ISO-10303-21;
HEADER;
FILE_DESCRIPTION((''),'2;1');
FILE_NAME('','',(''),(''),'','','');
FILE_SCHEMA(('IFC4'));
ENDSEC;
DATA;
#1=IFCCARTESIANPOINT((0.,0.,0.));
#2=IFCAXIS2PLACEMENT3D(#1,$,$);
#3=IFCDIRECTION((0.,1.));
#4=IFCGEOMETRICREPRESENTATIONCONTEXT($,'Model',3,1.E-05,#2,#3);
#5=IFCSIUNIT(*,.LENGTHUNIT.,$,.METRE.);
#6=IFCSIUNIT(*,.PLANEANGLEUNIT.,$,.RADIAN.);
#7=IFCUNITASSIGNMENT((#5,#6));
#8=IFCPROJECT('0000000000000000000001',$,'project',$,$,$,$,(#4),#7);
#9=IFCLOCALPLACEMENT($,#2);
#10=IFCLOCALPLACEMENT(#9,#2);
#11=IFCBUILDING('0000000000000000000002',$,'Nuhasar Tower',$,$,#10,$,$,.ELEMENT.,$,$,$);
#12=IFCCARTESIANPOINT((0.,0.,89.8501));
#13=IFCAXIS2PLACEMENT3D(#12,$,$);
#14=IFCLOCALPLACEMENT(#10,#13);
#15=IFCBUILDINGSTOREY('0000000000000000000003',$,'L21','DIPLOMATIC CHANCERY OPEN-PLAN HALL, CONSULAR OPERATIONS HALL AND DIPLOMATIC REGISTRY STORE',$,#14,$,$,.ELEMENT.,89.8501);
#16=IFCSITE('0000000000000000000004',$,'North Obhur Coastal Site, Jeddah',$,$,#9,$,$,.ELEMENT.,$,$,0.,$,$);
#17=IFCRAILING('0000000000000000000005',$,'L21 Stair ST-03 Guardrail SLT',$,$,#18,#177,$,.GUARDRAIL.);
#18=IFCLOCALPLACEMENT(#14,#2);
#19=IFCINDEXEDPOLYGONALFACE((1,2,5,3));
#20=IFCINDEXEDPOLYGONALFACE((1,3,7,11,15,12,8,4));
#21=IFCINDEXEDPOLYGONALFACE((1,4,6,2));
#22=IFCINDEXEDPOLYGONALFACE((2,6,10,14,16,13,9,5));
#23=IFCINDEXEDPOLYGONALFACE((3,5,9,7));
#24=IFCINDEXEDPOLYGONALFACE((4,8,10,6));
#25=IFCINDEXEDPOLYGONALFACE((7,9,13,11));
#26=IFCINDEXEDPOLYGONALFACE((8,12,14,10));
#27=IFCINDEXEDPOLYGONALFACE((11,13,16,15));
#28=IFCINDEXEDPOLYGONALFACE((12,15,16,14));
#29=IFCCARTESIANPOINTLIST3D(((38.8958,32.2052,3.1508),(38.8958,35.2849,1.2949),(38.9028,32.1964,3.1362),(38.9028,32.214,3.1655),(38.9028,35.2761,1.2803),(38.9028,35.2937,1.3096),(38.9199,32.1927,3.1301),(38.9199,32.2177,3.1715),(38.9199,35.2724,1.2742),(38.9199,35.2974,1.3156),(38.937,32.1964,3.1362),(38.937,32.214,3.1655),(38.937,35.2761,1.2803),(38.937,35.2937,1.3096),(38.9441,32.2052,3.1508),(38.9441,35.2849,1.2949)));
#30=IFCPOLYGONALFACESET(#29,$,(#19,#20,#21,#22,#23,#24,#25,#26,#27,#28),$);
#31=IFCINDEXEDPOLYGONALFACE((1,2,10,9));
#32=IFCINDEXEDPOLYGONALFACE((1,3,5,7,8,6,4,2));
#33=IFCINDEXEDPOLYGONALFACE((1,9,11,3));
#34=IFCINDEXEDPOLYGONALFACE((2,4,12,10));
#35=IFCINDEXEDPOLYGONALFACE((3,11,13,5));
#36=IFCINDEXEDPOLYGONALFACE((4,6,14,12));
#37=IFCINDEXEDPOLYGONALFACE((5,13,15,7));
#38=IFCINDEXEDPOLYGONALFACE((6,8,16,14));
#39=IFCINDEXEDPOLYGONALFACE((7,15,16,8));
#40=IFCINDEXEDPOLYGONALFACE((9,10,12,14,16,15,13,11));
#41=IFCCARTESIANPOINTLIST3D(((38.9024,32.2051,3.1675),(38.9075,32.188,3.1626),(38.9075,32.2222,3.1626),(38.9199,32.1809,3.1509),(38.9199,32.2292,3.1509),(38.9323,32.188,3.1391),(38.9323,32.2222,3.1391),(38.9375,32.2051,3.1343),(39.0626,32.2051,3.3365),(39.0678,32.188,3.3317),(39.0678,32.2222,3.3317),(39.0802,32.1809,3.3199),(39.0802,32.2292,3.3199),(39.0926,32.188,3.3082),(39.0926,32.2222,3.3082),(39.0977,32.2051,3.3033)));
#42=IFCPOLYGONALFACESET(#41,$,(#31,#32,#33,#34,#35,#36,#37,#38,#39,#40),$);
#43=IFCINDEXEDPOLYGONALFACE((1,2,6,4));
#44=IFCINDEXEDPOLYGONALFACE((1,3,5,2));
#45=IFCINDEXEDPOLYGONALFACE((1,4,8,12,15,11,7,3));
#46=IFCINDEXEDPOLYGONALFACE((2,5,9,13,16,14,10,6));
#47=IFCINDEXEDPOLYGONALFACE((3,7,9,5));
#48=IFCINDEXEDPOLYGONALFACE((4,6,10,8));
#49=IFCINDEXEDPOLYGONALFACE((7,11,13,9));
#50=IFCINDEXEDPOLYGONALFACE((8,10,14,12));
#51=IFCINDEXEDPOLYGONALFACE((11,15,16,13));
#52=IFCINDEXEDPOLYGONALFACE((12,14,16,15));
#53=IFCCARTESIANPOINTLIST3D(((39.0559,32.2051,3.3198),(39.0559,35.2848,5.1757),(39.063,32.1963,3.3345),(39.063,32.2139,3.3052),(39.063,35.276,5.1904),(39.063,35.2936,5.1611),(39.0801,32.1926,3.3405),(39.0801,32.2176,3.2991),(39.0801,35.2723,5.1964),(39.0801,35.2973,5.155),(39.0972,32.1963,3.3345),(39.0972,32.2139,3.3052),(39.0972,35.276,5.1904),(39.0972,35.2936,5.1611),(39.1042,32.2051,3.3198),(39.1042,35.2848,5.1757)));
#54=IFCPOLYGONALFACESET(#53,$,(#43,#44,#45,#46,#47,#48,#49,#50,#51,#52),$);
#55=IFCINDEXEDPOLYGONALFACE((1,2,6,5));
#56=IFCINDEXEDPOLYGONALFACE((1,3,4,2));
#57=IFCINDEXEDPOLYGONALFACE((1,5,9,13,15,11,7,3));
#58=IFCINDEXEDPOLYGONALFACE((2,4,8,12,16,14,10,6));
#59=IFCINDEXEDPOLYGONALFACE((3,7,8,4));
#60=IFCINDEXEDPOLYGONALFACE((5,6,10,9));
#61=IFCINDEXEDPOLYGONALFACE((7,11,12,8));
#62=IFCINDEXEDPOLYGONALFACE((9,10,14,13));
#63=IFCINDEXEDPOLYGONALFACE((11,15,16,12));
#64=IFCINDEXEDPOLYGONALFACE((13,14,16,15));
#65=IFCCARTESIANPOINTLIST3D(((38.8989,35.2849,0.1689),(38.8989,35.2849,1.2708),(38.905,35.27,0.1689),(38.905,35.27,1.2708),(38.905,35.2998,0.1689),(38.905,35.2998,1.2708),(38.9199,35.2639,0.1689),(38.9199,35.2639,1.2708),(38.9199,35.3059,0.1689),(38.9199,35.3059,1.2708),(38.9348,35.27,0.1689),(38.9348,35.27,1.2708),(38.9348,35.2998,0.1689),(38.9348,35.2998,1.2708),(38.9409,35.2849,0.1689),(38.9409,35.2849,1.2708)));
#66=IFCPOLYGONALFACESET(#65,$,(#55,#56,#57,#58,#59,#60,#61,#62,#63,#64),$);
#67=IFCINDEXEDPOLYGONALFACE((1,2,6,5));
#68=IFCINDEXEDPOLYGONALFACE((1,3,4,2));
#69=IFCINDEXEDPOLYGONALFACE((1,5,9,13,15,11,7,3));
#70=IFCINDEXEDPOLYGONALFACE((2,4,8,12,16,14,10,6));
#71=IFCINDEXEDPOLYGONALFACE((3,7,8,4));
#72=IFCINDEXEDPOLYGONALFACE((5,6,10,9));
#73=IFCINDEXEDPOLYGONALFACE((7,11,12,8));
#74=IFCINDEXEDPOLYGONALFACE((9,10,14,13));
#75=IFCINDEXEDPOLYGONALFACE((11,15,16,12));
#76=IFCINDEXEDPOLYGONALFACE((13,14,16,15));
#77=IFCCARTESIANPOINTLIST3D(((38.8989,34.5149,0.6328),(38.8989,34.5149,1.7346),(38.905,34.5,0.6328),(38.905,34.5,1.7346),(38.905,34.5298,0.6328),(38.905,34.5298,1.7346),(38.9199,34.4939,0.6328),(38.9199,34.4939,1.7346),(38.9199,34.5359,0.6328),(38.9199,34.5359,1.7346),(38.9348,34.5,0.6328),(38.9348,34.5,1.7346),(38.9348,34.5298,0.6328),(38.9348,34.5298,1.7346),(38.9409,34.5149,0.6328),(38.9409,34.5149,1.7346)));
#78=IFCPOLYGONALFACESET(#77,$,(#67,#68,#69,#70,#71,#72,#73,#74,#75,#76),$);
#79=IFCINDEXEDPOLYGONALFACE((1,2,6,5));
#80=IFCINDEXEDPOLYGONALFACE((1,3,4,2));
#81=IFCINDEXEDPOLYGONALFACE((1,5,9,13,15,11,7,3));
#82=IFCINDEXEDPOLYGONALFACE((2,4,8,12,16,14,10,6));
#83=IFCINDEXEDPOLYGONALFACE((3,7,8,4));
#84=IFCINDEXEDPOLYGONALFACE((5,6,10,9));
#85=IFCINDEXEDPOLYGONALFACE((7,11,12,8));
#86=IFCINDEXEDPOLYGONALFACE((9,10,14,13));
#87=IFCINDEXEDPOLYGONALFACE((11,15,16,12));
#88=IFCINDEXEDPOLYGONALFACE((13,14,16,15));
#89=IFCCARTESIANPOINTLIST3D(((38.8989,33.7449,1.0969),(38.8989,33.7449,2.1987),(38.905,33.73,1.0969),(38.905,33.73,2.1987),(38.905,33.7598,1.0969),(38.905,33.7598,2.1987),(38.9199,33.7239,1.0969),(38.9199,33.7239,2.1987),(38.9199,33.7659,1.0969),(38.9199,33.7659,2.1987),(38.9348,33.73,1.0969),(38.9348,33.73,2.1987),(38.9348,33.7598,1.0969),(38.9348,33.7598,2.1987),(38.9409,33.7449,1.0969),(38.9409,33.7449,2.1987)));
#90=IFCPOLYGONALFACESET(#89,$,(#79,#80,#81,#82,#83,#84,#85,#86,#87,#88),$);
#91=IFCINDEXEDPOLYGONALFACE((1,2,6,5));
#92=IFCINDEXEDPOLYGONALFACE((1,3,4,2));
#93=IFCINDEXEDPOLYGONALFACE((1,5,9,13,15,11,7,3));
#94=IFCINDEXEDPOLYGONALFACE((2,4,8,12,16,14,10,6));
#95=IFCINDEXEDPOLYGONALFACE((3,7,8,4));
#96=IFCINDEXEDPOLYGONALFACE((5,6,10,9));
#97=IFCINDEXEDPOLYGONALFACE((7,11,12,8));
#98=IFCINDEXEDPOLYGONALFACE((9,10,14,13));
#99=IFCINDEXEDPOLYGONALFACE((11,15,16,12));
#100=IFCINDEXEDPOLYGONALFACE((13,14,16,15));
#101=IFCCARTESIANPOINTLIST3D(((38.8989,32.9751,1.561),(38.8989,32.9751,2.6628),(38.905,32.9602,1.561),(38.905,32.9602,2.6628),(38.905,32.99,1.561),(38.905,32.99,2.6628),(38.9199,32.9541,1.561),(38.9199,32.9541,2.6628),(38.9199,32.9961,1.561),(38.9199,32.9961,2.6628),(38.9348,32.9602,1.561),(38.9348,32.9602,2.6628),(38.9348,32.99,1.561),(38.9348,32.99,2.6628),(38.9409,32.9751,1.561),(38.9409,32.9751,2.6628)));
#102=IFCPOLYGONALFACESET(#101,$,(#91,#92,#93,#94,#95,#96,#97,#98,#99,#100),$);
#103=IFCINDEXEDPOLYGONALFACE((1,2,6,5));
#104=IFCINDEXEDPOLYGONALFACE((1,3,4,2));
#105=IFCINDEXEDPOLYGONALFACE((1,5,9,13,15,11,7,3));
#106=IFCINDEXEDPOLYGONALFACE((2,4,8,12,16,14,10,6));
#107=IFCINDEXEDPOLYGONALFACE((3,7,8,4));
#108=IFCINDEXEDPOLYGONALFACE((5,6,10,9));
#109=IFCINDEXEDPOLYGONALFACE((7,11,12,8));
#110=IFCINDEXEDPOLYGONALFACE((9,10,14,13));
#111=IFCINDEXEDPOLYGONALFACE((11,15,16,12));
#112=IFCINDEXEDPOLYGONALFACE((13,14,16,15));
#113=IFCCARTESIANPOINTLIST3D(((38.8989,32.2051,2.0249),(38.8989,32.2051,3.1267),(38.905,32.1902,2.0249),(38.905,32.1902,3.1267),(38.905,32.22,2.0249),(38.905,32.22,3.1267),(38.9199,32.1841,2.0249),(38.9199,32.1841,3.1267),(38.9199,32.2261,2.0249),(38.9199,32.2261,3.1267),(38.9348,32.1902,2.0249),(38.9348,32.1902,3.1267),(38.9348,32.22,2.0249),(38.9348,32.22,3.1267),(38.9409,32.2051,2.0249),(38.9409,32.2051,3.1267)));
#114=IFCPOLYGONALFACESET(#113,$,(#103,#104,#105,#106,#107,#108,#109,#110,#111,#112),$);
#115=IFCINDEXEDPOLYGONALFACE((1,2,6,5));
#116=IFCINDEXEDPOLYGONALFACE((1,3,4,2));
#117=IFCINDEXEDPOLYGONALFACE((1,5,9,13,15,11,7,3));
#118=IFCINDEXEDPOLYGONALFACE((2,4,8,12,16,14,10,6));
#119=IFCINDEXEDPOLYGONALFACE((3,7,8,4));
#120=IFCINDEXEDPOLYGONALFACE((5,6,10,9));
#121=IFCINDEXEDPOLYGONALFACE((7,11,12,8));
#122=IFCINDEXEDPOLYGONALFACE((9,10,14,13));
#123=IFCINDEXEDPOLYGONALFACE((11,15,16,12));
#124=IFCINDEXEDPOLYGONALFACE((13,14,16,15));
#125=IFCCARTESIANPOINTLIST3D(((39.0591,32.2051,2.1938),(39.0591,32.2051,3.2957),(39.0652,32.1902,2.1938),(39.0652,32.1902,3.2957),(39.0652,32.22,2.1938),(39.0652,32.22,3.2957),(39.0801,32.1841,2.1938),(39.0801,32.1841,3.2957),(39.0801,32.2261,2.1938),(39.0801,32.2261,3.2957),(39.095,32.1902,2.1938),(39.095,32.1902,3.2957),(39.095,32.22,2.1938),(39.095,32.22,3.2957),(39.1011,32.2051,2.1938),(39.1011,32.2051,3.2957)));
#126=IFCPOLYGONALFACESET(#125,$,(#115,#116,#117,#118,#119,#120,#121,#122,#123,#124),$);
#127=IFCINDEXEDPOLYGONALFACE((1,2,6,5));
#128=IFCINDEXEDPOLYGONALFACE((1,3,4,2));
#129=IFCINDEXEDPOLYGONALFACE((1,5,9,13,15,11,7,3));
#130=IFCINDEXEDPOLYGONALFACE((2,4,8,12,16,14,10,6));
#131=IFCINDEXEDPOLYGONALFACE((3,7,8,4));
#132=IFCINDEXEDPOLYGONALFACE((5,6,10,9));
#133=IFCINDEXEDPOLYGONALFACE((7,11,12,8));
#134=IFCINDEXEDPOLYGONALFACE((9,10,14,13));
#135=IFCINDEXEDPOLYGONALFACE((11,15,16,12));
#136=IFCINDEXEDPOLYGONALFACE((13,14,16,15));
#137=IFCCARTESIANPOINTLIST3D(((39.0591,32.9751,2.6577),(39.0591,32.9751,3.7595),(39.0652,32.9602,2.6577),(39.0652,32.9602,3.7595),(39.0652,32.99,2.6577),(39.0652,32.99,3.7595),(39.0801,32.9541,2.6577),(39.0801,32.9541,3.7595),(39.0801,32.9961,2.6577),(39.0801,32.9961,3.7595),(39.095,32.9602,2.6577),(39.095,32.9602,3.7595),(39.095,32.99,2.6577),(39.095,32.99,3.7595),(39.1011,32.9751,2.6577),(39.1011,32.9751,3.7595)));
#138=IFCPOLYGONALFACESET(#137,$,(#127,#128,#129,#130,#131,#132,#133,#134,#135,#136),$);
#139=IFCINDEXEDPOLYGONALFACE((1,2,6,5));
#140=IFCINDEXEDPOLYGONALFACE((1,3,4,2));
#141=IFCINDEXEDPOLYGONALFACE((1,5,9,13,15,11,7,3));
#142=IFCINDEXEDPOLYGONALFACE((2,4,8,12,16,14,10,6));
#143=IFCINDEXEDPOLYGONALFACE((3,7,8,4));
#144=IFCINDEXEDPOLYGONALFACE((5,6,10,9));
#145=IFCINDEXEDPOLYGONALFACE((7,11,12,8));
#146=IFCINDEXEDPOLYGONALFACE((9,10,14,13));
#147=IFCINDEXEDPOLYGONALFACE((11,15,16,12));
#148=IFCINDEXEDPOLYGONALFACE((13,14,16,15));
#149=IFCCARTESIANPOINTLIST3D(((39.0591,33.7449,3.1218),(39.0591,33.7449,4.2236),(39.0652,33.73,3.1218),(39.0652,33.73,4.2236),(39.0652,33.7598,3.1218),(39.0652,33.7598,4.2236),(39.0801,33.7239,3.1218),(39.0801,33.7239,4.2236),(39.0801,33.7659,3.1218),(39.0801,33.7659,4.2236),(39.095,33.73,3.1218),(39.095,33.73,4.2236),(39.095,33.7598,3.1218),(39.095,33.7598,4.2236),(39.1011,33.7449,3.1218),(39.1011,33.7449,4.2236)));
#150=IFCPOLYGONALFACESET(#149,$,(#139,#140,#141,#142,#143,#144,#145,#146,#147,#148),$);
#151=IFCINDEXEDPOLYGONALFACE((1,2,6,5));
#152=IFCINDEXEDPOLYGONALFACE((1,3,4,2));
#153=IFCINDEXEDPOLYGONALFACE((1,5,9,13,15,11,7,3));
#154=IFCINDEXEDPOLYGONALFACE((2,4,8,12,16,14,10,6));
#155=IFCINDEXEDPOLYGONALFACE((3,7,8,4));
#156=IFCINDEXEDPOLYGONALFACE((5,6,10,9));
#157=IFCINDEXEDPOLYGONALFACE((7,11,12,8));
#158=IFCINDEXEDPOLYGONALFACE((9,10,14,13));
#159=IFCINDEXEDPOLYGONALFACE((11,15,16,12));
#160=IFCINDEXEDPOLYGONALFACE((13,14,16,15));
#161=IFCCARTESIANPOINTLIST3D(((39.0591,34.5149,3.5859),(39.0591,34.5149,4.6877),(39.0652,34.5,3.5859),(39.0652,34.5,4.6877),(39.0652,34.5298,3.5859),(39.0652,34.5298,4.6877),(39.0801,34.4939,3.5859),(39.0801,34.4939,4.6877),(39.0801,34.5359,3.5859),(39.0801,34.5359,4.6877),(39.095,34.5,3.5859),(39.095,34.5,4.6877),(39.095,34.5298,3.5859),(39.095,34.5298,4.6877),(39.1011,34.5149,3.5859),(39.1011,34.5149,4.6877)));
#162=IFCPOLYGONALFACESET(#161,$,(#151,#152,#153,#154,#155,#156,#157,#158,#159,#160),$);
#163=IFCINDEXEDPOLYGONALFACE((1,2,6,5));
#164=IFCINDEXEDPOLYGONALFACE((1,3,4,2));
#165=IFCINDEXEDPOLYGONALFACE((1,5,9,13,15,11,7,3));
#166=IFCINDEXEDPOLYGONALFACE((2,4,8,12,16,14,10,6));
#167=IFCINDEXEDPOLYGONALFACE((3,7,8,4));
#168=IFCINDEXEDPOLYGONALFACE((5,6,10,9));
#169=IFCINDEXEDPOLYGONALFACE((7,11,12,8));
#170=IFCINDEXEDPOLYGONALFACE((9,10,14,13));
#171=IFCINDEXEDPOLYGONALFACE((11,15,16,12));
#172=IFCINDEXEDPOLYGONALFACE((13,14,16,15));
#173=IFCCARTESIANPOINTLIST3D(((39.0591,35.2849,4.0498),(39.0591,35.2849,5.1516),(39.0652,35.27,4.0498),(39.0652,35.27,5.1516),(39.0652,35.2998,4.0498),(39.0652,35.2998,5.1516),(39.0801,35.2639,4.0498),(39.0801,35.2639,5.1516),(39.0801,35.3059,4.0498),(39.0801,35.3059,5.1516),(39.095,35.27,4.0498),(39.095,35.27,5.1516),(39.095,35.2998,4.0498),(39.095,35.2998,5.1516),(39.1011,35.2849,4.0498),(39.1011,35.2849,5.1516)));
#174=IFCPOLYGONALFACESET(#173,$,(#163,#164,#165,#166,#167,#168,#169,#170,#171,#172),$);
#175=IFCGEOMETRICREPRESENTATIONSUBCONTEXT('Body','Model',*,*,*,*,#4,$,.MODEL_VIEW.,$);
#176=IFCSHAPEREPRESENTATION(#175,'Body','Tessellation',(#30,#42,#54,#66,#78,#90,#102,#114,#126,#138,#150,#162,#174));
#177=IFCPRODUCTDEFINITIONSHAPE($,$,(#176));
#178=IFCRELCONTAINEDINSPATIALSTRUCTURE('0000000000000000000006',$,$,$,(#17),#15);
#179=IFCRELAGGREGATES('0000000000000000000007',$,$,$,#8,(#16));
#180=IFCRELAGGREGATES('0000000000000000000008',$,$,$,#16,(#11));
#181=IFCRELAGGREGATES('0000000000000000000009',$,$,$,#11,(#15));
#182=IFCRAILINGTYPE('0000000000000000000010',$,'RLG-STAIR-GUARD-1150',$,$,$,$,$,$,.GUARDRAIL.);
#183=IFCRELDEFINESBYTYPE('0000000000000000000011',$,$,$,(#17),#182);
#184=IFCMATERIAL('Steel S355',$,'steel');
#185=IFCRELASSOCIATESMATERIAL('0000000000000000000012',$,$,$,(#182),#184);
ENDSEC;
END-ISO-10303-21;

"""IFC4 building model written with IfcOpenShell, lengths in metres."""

from ifc_helpers import new_model, si_unit, direction, frame, origin, place, context, subcontext, project, spatial, polyline, outline, extrude, material, type_object, element, save


model = new_model("IFC4")

# Units and contexts
model_context = context("Model", 3, precision=1e-05, world=origin(), true_north=direction((0.0, 1.0)))
body_context = subcontext(model_context, "Body", "Model", "MODEL_VIEW")
ifc_project = project(units=[si_unit("LENGTHUNIT", "METRE"), si_unit("PLANEANGLEUNIT", "RADIAN")], contexts=[model_context])

# Site, building, storey
site_placement = place(None, origin())
site = spatial("IfcSite", under=ifc_project, at=site_placement, Name="North Obhur Coastal Site, Jeddah", CompositionType="ELEMENT", RefElevation=0.0)
building_placement = place(site_placement, origin())
building = spatial("IfcBuilding", under=site, at=building_placement, Name="Nuhasar Tower", CompositionType="ELEMENT")
storey_placement = place(building_placement, frame((0.0, 0.0, 89.8501)))
storey = spatial("IfcBuildingStorey", under=building, at=storey_placement, Name="L21", Description="DIPLOMATIC CHANCERY OPEN-PLAN HALL, CONSULAR OPERATIONS HALL AND DIPLOMATIC REGISTRY STORE", CompositionType="ELEMENT", Elevation=89.8501)

# Shared definitions
ifc_material_1 = material(Name="Steel S355", Category="steel")

# Railing
railing_type_1 = type_object("IfcRailingType", Name="RLG-STAIR-GUARD-1150", PredefinedType="GUARDRAIL", material=ifc_material_1)
railing_1_placement = place(storey_placement, frame((38.9199, 35.2849, 0.1689)))
element("IfcRailing", 1, at=railing_1_placement, inside=storey, type_object=railing_type_1, Name="L21 Stair ST-03 Guardrail SLT", PredefinedType="GUARDRAIL", context=body_context, shape_type="SweptSolid", body=[
    extrude(outline(polyline([(0.0242, 0.0), (0.0171, 0.0171), (0.0, 0.0242), (-0.0171, 0.0171), (-0.0242, 0.0), (-0.0171, -0.0171), (0.0, -0.0242), (0.0171, -0.0171), (0.0242, 0.0)])), frame((0.0, 0.0, 1.126), z_axis=(0.0, -0.856503, 0.516142), x_axis=(1.0, 0.0, 0.0)), (0.0, 0.0, 1.0), 3.5957),
    extrude(outline(polyline([(0.0242, 0.0), (0.0171, 0.0171), (0.0, 0.0242), (-0.0171, 0.0171), (-0.0242, 0.0), (-0.0171, -0.0171), (0.0, -0.0242), (0.0171, -0.0171), (0.0242, 0.0)])), frame((0.0, -3.0798, 2.9819), z_axis=(0.687977, 0.0, 0.725732), x_axis=(0.0, 1.0, 0.0)), (0.0, 0.0, 1.0), 0.2329),
    extrude(outline(polyline([(0.0242, 0.0), (0.0171, 0.0171), (0.0, 0.0242), (-0.0171, 0.0171), (-0.0242, 0.0), (-0.0171, -0.0171), (0.0, -0.0242), (0.0171, -0.0171), (0.0242, 0.0)])), frame((0.1602, -3.0798, 3.1509), z_axis=(0.0, 0.856503, 0.516142), x_axis=(-1.0, 0.0, 0.0)), (0.0, 0.0, 1.0), 3.5957),
    extrude(outline(polyline([(0.021, 0.0), (0.0149, 0.0149), (0.0, 0.021), (-0.0149, 0.0149), (-0.021, 0.0), (-0.0149, -0.0149), (0.0, -0.021), (0.0149, -0.0149), (0.021, 0.0)])), origin(), (0.0, 0.0, 1.0), 1.1018),
    extrude(outline(polyline([(0.021, 0.0), (0.0149, 0.0149), (0.0, 0.021), (-0.0149, 0.0149), (-0.021, 0.0), (-0.0149, -0.0149), (0.0, -0.021), (0.0149, -0.0149), (0.021, 0.0)])), frame((0.0, -0.77, 0.4639)), (0.0, 0.0, 1.0), 1.1018),
    extrude(outline(polyline([(0.021, 0.0), (0.0149, 0.0149), (0.0, 0.021), (-0.0149, 0.0149), (-0.021, 0.0), (-0.0149, -0.0149), (0.0, -0.021), (0.0149, -0.0149), (0.021, 0.0)])), frame((0.0, -1.54, 0.928)), (0.0, 0.0, 1.0), 1.1018),
    extrude(outline(polyline([(0.021, 0.0), (0.0149, 0.0149), (0.0, 0.021), (-0.0149, 0.0149), (-0.021, 0.0), (-0.0149, -0.0149), (0.0, -0.021), (0.0149, -0.0149), (0.021, 0.0)])), frame((0.0, -2.3098, 1.3921)), (0.0, 0.0, 1.0), 1.1018),
    extrude(outline(polyline([(0.021, 0.0), (0.0149, 0.0149), (0.0, 0.021), (-0.0149, 0.0149), (-0.021, 0.0), (-0.0149, -0.0149), (0.0, -0.021), (0.0149, -0.0149), (0.021, 0.0)])), frame((0.0, -3.0798, 1.856)), (0.0, 0.0, 1.0), 1.1018),
    extrude(outline(polyline([(0.021, 0.0), (0.0149, 0.0149), (0.0, 0.021), (-0.0149, 0.0149), (-0.021, 0.0), (-0.0149, -0.0149), (0.0, -0.021), (0.0149, -0.0149), (0.021, 0.0)])), frame((0.1602, -3.0798, 2.0249)), (0.0, 0.0, 1.0), 1.1018),
    extrude(outline(polyline([(0.021, 0.0), (0.0149, 0.0149), (0.0, 0.021), (-0.0149, 0.0149), (-0.021, 0.0), (-0.0149, -0.0149), (0.0, -0.021), (0.0149, -0.0149), (0.021, 0.0)])), frame((0.1602, -2.3098, 2.4888)), (0.0, 0.0, 1.0), 1.1018),
    extrude(outline(polyline([(0.021, 0.0), (0.0149, 0.0149), (0.0, 0.021), (-0.0149, 0.0149), (-0.021, 0.0), (-0.0149, -0.0149), (0.0, -0.021), (0.0149, -0.0149), (0.021, 0.0)])), frame((0.1602, -1.54, 2.9529)), (0.0, 0.0, 1.0), 1.1018),
    extrude(outline(polyline([(0.021, 0.0), (0.0149, 0.0149), (0.0, 0.021), (-0.0149, 0.0149), (-0.021, 0.0), (-0.0149, -0.0149), (0.0, -0.021), (0.0149, -0.0149), (0.021, 0.0)])), frame((0.1602, -0.77, 3.417)), (0.0, 0.0, 1.0), 1.1018),
    extrude(outline(polyline([(0.021, 0.0), (0.0149, 0.0149), (0.0, 0.021), (-0.0149, 0.0149), (-0.021, 0.0), (-0.0149, -0.0149), (0.0, -0.021), (0.0149, -0.0149), (0.021, 0.0)])), frame((0.1602, 0.0, 3.8809)), (0.0, 0.0, 1.0), 1.1018),
])

save(model, "model.ifc")
